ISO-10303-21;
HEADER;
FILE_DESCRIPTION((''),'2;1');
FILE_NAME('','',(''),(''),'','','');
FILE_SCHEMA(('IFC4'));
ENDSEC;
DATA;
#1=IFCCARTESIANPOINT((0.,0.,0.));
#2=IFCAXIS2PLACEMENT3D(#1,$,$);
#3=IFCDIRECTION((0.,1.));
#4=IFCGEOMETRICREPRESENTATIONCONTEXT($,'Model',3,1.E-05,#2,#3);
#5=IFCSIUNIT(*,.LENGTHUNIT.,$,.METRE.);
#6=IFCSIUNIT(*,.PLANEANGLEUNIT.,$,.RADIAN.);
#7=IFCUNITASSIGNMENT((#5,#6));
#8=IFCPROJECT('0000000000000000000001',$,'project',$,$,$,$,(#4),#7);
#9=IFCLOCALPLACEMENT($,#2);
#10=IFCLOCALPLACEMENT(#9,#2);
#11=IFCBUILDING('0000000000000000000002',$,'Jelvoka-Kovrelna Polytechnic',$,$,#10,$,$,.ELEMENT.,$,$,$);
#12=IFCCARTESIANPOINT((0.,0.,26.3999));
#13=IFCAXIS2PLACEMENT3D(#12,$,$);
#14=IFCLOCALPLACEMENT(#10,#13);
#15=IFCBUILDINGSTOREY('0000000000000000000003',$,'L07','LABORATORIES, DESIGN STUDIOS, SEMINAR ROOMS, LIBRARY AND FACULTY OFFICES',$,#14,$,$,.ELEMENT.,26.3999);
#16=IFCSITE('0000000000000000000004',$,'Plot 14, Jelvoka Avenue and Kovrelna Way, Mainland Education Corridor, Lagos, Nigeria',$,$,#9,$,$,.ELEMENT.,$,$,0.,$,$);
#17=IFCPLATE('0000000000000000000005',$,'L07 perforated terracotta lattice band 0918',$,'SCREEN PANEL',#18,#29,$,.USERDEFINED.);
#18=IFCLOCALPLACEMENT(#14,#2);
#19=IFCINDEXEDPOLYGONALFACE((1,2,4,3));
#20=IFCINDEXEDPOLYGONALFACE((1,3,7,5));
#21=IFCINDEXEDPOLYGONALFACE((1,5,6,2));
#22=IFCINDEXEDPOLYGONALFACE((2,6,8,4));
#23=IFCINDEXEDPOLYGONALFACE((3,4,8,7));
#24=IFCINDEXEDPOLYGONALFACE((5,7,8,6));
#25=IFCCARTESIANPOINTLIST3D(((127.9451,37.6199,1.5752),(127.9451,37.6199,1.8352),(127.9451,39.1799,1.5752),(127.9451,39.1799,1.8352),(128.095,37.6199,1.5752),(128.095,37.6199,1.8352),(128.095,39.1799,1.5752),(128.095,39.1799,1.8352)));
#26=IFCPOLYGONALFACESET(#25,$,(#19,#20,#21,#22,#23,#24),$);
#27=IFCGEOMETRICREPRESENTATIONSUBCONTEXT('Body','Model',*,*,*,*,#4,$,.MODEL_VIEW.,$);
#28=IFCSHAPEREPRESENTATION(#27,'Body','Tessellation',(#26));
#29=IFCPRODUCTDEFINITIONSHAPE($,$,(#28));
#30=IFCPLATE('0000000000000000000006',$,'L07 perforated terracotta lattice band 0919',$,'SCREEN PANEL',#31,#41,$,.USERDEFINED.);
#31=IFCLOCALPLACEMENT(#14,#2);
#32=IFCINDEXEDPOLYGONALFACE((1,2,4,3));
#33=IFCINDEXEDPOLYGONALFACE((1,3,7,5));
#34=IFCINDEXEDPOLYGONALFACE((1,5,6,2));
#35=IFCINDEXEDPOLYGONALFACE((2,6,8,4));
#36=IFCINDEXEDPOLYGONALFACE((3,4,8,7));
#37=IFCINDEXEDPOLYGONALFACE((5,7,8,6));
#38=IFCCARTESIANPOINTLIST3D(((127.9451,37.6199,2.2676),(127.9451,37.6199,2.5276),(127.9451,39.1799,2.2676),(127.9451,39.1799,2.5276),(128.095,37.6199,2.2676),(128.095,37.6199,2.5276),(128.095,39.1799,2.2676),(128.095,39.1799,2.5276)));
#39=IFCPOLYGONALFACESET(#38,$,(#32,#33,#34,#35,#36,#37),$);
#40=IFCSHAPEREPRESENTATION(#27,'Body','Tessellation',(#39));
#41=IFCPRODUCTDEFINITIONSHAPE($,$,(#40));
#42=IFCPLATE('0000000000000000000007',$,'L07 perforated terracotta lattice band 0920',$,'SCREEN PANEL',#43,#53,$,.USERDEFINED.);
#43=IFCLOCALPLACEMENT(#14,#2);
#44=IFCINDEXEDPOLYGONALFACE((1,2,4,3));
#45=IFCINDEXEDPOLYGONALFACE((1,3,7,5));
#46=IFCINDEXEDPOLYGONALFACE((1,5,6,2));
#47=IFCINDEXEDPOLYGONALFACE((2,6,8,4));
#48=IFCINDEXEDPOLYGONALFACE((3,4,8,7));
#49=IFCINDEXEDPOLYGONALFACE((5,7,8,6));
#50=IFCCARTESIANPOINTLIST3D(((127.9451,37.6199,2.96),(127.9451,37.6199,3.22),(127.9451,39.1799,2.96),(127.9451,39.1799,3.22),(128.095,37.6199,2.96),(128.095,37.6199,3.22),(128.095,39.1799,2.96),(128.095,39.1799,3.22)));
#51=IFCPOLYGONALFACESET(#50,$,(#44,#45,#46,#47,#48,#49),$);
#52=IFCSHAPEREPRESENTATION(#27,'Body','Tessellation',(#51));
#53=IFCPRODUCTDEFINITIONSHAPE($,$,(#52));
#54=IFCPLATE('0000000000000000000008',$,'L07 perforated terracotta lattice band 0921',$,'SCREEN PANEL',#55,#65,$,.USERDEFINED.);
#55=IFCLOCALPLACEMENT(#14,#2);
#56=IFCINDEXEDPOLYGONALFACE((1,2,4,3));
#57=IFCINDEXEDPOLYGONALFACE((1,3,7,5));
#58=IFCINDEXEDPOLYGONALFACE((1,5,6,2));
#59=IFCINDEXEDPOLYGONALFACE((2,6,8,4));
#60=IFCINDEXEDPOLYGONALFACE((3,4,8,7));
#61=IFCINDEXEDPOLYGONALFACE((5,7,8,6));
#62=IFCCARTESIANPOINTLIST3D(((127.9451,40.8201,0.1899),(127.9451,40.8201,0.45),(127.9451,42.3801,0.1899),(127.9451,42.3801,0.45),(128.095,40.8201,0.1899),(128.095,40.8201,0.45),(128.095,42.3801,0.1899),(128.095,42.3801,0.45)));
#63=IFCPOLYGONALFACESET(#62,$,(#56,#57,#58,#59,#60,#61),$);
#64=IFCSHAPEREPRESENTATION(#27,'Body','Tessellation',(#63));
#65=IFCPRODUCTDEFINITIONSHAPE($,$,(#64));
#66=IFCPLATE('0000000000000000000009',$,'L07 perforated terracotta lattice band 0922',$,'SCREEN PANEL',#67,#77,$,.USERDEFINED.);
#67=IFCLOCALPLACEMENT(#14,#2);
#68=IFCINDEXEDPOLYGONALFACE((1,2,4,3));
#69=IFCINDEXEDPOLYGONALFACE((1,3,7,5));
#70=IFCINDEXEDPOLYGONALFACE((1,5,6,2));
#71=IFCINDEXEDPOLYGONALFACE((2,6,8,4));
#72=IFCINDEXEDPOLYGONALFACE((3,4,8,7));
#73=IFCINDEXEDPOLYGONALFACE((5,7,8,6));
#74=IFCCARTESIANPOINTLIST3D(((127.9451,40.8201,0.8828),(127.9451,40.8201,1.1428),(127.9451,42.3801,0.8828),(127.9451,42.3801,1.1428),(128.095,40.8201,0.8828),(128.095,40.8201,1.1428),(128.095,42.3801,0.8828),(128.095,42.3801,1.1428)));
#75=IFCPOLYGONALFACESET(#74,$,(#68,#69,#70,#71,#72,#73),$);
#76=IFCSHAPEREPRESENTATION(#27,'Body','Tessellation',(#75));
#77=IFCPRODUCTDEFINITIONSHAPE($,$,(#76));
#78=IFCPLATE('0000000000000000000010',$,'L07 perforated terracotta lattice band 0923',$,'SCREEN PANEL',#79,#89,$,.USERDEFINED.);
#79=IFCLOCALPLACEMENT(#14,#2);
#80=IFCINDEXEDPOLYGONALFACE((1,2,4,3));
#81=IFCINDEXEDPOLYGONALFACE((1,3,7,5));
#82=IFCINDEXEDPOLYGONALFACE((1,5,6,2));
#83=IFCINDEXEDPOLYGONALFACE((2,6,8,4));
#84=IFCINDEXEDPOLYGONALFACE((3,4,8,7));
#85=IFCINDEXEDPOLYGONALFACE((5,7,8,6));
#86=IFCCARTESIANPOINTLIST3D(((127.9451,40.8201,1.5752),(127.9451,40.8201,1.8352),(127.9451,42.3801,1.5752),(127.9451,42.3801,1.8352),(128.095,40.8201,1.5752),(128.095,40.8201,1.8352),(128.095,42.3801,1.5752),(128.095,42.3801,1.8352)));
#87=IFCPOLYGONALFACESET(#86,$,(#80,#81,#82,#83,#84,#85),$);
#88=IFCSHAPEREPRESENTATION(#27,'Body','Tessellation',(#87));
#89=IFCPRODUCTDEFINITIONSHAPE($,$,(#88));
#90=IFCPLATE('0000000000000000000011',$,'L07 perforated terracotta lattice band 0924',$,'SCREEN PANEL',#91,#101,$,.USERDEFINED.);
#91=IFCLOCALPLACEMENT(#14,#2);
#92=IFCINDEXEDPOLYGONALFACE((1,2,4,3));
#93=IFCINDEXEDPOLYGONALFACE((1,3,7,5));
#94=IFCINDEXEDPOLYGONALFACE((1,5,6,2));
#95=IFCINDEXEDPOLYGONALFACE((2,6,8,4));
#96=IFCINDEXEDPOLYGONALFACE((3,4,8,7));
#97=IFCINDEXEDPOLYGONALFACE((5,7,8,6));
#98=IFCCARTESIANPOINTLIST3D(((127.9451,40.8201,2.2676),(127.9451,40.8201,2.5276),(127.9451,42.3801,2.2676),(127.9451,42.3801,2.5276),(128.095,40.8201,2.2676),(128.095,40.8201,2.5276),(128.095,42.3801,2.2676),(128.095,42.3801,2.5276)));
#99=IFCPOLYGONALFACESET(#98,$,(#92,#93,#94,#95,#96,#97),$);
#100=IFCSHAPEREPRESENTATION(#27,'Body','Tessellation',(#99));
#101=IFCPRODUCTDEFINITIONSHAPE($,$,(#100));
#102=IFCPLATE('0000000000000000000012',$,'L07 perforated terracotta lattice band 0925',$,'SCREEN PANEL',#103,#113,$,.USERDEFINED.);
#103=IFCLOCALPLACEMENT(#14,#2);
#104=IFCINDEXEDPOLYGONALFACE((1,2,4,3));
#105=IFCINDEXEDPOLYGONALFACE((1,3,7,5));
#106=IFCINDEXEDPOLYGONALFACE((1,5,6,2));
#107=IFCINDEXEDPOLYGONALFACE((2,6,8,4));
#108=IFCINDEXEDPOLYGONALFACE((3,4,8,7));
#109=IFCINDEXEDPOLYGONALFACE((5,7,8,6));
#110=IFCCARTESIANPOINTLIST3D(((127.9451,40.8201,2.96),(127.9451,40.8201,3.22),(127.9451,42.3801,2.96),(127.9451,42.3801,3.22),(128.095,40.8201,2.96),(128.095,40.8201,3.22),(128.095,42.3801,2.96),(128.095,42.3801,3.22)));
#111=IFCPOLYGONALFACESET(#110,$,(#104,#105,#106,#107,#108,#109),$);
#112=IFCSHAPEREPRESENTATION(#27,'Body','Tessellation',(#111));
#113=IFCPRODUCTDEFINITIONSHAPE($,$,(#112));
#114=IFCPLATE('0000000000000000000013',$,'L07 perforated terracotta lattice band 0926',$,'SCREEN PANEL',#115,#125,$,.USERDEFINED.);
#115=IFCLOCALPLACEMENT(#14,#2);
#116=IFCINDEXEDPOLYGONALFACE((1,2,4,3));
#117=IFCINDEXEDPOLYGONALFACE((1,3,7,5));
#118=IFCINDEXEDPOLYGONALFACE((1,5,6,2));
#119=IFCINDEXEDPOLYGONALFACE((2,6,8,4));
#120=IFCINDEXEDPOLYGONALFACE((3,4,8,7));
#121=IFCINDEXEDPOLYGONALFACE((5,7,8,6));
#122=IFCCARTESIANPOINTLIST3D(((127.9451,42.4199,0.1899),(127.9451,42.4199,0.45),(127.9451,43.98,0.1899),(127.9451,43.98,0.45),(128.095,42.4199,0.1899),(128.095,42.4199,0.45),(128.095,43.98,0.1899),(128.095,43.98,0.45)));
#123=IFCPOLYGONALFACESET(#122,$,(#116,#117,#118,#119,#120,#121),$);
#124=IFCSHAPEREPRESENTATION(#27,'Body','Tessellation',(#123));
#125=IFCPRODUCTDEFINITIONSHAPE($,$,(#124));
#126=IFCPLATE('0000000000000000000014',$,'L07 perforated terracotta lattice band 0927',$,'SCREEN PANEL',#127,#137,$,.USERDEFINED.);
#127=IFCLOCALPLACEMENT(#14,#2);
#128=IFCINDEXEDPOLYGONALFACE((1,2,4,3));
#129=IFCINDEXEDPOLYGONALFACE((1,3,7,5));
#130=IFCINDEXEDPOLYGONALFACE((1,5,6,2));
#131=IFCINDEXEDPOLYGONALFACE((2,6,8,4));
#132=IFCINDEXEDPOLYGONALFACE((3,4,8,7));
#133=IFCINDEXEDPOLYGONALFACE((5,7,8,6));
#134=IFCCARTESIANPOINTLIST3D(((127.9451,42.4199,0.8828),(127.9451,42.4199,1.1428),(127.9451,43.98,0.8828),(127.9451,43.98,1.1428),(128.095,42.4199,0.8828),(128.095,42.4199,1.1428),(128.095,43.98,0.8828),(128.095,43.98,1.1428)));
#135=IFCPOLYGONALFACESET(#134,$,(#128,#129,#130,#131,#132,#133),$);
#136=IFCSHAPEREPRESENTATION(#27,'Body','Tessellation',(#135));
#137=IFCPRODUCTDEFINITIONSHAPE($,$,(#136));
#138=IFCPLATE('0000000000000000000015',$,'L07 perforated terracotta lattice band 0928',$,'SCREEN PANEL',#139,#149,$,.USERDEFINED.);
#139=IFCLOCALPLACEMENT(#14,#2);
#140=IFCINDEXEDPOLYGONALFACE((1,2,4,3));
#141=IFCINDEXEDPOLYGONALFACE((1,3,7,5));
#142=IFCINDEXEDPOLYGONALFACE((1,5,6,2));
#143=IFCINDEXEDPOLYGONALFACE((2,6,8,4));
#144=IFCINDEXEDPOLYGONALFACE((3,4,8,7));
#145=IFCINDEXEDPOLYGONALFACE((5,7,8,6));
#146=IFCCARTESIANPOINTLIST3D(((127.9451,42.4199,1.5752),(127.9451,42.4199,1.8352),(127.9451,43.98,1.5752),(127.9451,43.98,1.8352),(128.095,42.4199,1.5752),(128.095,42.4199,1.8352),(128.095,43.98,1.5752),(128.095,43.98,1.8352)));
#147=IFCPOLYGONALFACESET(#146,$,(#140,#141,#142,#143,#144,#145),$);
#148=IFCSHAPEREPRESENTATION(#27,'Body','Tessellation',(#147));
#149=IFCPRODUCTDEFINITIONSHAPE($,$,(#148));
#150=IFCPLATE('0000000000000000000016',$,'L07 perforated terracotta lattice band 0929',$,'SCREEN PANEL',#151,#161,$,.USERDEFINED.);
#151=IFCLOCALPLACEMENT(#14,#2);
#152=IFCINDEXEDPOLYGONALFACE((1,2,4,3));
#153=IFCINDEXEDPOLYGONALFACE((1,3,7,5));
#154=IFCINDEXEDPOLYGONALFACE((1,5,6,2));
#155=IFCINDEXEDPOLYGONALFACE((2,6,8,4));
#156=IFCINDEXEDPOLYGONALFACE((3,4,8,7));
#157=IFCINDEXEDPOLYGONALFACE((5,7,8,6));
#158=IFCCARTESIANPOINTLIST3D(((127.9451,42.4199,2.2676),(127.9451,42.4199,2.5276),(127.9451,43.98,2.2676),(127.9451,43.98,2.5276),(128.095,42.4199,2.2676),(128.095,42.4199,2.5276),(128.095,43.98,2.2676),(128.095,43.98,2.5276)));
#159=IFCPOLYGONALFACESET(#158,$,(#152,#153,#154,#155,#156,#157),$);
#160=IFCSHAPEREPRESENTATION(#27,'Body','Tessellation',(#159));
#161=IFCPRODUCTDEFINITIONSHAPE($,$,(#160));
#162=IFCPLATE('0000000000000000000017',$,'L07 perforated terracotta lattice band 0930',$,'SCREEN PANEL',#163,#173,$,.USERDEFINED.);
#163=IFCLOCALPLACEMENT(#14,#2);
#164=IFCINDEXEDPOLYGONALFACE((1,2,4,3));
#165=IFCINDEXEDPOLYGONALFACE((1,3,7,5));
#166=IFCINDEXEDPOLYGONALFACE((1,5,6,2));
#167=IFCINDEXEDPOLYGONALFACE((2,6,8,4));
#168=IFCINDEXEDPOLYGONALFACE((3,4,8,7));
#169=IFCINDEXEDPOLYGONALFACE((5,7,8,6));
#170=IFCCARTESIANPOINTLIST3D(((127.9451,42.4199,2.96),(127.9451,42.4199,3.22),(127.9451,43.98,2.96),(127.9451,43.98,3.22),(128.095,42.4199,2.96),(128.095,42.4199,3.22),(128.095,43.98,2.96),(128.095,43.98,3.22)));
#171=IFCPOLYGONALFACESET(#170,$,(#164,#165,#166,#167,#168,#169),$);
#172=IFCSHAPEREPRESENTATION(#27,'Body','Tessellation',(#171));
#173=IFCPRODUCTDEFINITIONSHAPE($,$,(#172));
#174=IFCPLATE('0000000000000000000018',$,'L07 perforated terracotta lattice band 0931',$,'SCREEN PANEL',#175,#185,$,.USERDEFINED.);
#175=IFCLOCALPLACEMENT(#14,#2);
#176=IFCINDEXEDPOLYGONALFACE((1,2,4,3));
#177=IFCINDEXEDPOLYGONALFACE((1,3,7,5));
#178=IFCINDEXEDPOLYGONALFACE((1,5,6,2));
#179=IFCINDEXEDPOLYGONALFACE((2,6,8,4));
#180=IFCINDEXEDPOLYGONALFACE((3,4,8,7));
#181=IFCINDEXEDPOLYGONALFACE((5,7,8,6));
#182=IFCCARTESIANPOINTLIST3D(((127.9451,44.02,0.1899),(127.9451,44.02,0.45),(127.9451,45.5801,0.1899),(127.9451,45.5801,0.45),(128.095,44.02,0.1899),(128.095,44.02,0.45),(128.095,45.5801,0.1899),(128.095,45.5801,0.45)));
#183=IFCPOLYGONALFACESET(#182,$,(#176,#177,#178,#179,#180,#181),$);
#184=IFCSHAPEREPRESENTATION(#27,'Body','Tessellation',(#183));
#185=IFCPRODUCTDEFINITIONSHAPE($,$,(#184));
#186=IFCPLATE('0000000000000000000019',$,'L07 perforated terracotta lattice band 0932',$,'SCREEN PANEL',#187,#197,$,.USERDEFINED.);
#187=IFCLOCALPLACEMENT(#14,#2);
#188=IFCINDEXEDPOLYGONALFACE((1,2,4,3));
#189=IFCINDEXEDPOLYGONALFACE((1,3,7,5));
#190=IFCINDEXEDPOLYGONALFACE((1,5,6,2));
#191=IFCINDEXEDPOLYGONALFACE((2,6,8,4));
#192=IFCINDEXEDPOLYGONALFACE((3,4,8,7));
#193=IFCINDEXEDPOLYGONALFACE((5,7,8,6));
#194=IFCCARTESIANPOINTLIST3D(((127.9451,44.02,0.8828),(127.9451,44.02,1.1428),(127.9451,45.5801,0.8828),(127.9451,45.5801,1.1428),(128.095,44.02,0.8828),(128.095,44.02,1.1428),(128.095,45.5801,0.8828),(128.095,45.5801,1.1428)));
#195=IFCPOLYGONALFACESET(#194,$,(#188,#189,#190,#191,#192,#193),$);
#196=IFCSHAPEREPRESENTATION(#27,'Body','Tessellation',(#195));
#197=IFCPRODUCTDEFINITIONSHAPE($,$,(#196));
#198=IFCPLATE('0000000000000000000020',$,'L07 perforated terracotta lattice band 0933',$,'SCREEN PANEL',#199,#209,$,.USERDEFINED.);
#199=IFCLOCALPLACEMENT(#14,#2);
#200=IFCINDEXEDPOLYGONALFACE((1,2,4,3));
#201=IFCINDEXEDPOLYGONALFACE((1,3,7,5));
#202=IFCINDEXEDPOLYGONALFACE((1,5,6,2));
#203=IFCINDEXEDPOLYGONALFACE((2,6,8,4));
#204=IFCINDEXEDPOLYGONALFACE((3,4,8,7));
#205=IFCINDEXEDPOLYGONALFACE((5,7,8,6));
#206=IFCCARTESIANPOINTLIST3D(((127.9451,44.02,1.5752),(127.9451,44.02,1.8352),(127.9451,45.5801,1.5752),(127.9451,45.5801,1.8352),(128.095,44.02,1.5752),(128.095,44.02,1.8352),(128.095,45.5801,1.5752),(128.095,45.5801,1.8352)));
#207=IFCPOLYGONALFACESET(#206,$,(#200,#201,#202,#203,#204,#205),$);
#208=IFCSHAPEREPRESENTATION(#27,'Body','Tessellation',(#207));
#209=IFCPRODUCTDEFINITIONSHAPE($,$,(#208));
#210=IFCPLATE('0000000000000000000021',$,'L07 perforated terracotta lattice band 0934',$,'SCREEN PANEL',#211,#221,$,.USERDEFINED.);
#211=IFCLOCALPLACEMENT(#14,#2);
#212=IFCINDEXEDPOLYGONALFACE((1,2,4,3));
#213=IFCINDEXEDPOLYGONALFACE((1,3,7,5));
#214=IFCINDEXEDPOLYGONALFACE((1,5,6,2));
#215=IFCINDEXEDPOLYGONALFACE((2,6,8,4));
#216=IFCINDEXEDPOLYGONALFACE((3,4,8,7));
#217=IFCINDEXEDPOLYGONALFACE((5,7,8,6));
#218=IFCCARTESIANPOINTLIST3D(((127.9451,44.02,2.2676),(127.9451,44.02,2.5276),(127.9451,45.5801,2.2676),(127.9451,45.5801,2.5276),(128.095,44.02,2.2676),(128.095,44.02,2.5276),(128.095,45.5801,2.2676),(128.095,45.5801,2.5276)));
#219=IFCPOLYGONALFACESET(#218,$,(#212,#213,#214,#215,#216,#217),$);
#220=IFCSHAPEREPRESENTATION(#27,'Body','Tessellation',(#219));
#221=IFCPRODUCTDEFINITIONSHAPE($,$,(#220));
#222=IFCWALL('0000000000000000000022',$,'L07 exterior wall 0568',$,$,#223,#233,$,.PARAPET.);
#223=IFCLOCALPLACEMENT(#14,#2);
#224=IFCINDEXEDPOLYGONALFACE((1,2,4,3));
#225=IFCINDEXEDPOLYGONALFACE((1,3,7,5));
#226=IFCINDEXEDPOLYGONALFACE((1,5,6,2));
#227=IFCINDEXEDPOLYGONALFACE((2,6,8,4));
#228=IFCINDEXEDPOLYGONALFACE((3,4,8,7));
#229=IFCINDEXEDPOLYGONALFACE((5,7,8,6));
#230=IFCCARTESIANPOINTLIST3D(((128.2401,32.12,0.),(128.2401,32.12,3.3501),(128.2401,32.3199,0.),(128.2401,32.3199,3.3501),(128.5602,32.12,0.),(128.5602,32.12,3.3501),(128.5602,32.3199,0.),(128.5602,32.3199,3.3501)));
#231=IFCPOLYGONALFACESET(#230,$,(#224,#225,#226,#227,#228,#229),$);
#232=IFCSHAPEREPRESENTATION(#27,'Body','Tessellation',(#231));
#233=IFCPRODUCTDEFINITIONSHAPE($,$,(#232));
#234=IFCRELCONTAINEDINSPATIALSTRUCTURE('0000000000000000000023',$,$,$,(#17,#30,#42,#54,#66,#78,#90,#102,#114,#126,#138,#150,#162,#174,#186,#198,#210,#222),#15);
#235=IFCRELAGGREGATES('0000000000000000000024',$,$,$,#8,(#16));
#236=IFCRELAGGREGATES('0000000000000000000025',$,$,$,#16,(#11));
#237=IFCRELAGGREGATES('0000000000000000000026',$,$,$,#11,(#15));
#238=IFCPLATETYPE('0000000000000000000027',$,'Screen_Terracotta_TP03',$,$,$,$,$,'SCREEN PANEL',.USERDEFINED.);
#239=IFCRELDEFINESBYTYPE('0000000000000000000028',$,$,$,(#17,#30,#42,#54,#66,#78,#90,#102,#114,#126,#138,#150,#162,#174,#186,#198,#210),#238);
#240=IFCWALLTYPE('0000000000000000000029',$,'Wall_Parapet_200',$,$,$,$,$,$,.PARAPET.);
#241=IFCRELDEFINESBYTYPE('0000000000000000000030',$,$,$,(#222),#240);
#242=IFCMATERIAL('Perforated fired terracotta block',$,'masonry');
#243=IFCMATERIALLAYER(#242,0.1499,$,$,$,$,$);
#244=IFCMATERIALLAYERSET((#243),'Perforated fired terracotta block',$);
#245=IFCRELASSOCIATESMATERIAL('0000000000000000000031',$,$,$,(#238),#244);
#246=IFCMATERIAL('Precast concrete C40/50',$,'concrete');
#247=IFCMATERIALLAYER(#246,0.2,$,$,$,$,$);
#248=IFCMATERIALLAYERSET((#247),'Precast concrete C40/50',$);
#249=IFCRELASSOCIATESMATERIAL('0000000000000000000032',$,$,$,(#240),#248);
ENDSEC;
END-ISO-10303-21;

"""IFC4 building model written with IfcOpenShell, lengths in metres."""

from ifc_helpers import new_model, si_unit, direction, frame, frame_2d, origin, origin_2d, place, context, subcontext, project, spatial, rectangle, extrude, material, layer, layer_set, type_object, element, save


model = new_model("IFC4")

# Units and contexts
model_context = context("Model", 3, precision=1e-05, world=origin(), true_north=direction((0.0, 1.0)))
body_context = subcontext(model_context, "Body", "Model", "MODEL_VIEW")
ifc_project = project(units=[si_unit("LENGTHUNIT", "METRE"), si_unit("PLANEANGLEUNIT", "RADIAN")], contexts=[model_context])

# Site, building, storey
site_placement = place(None, origin())
site = spatial("IfcSite", under=ifc_project, at=site_placement, Name="Plot 14, Jelvoka Avenue and Kovrelna Way, Mainland Education Corridor, Lagos, Nigeria", CompositionType="ELEMENT", RefElevation=0.0)
building_placement = place(site_placement, origin())
building = spatial("IfcBuilding", under=site, at=building_placement, Name="Jelvoka-Kovrelna Polytechnic", CompositionType="ELEMENT")
storey_placement = place(building_placement, frame((0.0, 0.0, 26.3999)))
storey = spatial("IfcBuildingStorey", under=building, at=storey_placement, Name="L07", Description="LABORATORIES, DESIGN STUDIOS, SEMINAR ROOMS, LIBRARY AND FACULTY OFFICES", CompositionType="ELEMENT", Elevation=26.3999)

# Plates
ifc_material_1 = material(Name="Perforated fired terracotta block", Category="masonry")
ifc_layer_1 = layer(ifc_material_1, 0.1499)
ifc_layer_set_1 = layer_set([ifc_layer_1], Name="Perforated fired terracotta block")
plate_type = type_object("IfcPlateType", Name="Screen_Terracotta_TP03", ElementType="SCREEN PANEL", PredefinedType="USERDEFINED", material=ifc_layer_set_1)
for number, where, z_axis, x_axis, name in (
    (1, (128.02, 38.3999, 1.5752), (0.0, 0.0, 1.0), (0.0, 1.0, 0.0), "L07 perforated terracotta lattice band 0918"),
    (2, (128.02, 38.3999, 2.2676), (0.0, 0.0, 1.0), (0.0, 1.0, 0.0), "L07 perforated terracotta lattice band 0919"),
    (3, (128.02, 38.3999, 2.96), (0.0, 0.0, 1.0), (0.0, 1.0, 0.0), "L07 perforated terracotta lattice band 0920"),
    (4, (128.02, 41.6001, 0.1899), (0.0, 0.0, 1.0), (0.0, 1.0, 0.0), "L07 perforated terracotta lattice band 0921"),
    (5, (128.02, 41.6001, 0.8828), (0.0, 0.0, 1.0), (0.0, 1.0, 0.0), "L07 perforated terracotta lattice band 0922"),
    (6, (128.02, 41.6001, 1.5752), (0.0, 0.0, 1.0), (0.0, 1.0, 0.0), "L07 perforated terracotta lattice band 0923"),
    (7, (128.02, 41.6001, 2.2676), (0.0, 0.0, 1.0), (0.0, 1.0, 0.0), "L07 perforated terracotta lattice band 0924"),
    (8, (128.02, 41.6001, 2.96), (0.0, 0.0, 1.0), (0.0, 1.0, 0.0), "L07 perforated terracotta lattice band 0925"),
    (9, (128.02, 43.2, 0.1899), (0.0, 0.0, 1.0), (0.0, 1.0, 0.0), "L07 perforated terracotta lattice band 0926"),
    (10, (128.02, 43.2, 0.8828), (0.0, 0.0, 1.0), (0.0, 1.0, 0.0), "L07 perforated terracotta lattice band 0927"),
    (11, (128.02, 43.2, 1.5752), (0.0, 0.0, 1.0), (0.0, 1.0, 0.0), "L07 perforated terracotta lattice band 0928"),
    (12, (128.02, 43.2, 2.2676), (0.0, 0.0, 1.0), (0.0, 1.0, 0.0), "L07 perforated terracotta lattice band 0929"),
    (13, (128.02, 43.2, 2.96), (0.0, 0.0, 1.0), (0.0, 1.0, 0.0), "L07 perforated terracotta lattice band 0930"),
    (14, (128.02, 44.8, 0.1899), (0.0, 0.0, 1.0), (0.0, 1.0, 0.0), "L07 perforated terracotta lattice band 0931"),
    (15, (128.02, 44.8, 0.8828), (0.0, 0.0, 1.0), (0.0, 1.0, 0.0), "L07 perforated terracotta lattice band 0932"),
    (16, (128.02, 44.8, 1.5752), (0.0, 0.0, 1.0), (0.0, 1.0, 0.0), "L07 perforated terracotta lattice band 0933"),
    (17, (128.02, 44.8, 2.2676), (0.0, 0.0, 1.0), (0.0, 1.0, 0.0), "L07 perforated terracotta lattice band 0934"),
):
    element("IfcPlate", number, at=place(storey_placement, frame(where, z_axis=z_axis, x_axis=x_axis)), inside=storey, type_object=plate_type, Name=name, ObjectType="SCREEN PANEL", PredefinedType="USERDEFINED", context=body_context, shape_type="SweptSolid", body=[
        extrude(rectangle(XDim=1.5601, YDim=0.1499, at=origin_2d()), origin(), (0.0, 0.0, 1.0), 0.26),
    ])

# Wall
ifc_material_2 = material(Name="Precast concrete C40/50", Category="concrete")
ifc_layer_2 = layer(ifc_material_2, 0.2)
ifc_layer_set_2 = layer_set([ifc_layer_2], Name="Precast concrete C40/50")
wall_type = type_object("IfcWallType", Name="Wall_Parapet_200", PredefinedType="PARAPET", material=ifc_layer_set_2)
wall_placement = place(storey_placement, frame((128.24, 32.22, 0.0), z_axis=(0.0, 0.0, 1.0), x_axis=(1.0, 0.0, 0.0)))
element("IfcWall", 18, at=wall_placement, inside=storey, type_object=wall_type, Name="L07 exterior wall 0568", PredefinedType="PARAPET", context=body_context, shape_type="SweptSolid", body=[
    extrude(rectangle(XDim=0.3201, YDim=0.2, at=frame_2d((0.1602, 0.0))), origin(), (0.0, 0.0, 1.0), 3.3501),
])

save(model, "model.ifc")
